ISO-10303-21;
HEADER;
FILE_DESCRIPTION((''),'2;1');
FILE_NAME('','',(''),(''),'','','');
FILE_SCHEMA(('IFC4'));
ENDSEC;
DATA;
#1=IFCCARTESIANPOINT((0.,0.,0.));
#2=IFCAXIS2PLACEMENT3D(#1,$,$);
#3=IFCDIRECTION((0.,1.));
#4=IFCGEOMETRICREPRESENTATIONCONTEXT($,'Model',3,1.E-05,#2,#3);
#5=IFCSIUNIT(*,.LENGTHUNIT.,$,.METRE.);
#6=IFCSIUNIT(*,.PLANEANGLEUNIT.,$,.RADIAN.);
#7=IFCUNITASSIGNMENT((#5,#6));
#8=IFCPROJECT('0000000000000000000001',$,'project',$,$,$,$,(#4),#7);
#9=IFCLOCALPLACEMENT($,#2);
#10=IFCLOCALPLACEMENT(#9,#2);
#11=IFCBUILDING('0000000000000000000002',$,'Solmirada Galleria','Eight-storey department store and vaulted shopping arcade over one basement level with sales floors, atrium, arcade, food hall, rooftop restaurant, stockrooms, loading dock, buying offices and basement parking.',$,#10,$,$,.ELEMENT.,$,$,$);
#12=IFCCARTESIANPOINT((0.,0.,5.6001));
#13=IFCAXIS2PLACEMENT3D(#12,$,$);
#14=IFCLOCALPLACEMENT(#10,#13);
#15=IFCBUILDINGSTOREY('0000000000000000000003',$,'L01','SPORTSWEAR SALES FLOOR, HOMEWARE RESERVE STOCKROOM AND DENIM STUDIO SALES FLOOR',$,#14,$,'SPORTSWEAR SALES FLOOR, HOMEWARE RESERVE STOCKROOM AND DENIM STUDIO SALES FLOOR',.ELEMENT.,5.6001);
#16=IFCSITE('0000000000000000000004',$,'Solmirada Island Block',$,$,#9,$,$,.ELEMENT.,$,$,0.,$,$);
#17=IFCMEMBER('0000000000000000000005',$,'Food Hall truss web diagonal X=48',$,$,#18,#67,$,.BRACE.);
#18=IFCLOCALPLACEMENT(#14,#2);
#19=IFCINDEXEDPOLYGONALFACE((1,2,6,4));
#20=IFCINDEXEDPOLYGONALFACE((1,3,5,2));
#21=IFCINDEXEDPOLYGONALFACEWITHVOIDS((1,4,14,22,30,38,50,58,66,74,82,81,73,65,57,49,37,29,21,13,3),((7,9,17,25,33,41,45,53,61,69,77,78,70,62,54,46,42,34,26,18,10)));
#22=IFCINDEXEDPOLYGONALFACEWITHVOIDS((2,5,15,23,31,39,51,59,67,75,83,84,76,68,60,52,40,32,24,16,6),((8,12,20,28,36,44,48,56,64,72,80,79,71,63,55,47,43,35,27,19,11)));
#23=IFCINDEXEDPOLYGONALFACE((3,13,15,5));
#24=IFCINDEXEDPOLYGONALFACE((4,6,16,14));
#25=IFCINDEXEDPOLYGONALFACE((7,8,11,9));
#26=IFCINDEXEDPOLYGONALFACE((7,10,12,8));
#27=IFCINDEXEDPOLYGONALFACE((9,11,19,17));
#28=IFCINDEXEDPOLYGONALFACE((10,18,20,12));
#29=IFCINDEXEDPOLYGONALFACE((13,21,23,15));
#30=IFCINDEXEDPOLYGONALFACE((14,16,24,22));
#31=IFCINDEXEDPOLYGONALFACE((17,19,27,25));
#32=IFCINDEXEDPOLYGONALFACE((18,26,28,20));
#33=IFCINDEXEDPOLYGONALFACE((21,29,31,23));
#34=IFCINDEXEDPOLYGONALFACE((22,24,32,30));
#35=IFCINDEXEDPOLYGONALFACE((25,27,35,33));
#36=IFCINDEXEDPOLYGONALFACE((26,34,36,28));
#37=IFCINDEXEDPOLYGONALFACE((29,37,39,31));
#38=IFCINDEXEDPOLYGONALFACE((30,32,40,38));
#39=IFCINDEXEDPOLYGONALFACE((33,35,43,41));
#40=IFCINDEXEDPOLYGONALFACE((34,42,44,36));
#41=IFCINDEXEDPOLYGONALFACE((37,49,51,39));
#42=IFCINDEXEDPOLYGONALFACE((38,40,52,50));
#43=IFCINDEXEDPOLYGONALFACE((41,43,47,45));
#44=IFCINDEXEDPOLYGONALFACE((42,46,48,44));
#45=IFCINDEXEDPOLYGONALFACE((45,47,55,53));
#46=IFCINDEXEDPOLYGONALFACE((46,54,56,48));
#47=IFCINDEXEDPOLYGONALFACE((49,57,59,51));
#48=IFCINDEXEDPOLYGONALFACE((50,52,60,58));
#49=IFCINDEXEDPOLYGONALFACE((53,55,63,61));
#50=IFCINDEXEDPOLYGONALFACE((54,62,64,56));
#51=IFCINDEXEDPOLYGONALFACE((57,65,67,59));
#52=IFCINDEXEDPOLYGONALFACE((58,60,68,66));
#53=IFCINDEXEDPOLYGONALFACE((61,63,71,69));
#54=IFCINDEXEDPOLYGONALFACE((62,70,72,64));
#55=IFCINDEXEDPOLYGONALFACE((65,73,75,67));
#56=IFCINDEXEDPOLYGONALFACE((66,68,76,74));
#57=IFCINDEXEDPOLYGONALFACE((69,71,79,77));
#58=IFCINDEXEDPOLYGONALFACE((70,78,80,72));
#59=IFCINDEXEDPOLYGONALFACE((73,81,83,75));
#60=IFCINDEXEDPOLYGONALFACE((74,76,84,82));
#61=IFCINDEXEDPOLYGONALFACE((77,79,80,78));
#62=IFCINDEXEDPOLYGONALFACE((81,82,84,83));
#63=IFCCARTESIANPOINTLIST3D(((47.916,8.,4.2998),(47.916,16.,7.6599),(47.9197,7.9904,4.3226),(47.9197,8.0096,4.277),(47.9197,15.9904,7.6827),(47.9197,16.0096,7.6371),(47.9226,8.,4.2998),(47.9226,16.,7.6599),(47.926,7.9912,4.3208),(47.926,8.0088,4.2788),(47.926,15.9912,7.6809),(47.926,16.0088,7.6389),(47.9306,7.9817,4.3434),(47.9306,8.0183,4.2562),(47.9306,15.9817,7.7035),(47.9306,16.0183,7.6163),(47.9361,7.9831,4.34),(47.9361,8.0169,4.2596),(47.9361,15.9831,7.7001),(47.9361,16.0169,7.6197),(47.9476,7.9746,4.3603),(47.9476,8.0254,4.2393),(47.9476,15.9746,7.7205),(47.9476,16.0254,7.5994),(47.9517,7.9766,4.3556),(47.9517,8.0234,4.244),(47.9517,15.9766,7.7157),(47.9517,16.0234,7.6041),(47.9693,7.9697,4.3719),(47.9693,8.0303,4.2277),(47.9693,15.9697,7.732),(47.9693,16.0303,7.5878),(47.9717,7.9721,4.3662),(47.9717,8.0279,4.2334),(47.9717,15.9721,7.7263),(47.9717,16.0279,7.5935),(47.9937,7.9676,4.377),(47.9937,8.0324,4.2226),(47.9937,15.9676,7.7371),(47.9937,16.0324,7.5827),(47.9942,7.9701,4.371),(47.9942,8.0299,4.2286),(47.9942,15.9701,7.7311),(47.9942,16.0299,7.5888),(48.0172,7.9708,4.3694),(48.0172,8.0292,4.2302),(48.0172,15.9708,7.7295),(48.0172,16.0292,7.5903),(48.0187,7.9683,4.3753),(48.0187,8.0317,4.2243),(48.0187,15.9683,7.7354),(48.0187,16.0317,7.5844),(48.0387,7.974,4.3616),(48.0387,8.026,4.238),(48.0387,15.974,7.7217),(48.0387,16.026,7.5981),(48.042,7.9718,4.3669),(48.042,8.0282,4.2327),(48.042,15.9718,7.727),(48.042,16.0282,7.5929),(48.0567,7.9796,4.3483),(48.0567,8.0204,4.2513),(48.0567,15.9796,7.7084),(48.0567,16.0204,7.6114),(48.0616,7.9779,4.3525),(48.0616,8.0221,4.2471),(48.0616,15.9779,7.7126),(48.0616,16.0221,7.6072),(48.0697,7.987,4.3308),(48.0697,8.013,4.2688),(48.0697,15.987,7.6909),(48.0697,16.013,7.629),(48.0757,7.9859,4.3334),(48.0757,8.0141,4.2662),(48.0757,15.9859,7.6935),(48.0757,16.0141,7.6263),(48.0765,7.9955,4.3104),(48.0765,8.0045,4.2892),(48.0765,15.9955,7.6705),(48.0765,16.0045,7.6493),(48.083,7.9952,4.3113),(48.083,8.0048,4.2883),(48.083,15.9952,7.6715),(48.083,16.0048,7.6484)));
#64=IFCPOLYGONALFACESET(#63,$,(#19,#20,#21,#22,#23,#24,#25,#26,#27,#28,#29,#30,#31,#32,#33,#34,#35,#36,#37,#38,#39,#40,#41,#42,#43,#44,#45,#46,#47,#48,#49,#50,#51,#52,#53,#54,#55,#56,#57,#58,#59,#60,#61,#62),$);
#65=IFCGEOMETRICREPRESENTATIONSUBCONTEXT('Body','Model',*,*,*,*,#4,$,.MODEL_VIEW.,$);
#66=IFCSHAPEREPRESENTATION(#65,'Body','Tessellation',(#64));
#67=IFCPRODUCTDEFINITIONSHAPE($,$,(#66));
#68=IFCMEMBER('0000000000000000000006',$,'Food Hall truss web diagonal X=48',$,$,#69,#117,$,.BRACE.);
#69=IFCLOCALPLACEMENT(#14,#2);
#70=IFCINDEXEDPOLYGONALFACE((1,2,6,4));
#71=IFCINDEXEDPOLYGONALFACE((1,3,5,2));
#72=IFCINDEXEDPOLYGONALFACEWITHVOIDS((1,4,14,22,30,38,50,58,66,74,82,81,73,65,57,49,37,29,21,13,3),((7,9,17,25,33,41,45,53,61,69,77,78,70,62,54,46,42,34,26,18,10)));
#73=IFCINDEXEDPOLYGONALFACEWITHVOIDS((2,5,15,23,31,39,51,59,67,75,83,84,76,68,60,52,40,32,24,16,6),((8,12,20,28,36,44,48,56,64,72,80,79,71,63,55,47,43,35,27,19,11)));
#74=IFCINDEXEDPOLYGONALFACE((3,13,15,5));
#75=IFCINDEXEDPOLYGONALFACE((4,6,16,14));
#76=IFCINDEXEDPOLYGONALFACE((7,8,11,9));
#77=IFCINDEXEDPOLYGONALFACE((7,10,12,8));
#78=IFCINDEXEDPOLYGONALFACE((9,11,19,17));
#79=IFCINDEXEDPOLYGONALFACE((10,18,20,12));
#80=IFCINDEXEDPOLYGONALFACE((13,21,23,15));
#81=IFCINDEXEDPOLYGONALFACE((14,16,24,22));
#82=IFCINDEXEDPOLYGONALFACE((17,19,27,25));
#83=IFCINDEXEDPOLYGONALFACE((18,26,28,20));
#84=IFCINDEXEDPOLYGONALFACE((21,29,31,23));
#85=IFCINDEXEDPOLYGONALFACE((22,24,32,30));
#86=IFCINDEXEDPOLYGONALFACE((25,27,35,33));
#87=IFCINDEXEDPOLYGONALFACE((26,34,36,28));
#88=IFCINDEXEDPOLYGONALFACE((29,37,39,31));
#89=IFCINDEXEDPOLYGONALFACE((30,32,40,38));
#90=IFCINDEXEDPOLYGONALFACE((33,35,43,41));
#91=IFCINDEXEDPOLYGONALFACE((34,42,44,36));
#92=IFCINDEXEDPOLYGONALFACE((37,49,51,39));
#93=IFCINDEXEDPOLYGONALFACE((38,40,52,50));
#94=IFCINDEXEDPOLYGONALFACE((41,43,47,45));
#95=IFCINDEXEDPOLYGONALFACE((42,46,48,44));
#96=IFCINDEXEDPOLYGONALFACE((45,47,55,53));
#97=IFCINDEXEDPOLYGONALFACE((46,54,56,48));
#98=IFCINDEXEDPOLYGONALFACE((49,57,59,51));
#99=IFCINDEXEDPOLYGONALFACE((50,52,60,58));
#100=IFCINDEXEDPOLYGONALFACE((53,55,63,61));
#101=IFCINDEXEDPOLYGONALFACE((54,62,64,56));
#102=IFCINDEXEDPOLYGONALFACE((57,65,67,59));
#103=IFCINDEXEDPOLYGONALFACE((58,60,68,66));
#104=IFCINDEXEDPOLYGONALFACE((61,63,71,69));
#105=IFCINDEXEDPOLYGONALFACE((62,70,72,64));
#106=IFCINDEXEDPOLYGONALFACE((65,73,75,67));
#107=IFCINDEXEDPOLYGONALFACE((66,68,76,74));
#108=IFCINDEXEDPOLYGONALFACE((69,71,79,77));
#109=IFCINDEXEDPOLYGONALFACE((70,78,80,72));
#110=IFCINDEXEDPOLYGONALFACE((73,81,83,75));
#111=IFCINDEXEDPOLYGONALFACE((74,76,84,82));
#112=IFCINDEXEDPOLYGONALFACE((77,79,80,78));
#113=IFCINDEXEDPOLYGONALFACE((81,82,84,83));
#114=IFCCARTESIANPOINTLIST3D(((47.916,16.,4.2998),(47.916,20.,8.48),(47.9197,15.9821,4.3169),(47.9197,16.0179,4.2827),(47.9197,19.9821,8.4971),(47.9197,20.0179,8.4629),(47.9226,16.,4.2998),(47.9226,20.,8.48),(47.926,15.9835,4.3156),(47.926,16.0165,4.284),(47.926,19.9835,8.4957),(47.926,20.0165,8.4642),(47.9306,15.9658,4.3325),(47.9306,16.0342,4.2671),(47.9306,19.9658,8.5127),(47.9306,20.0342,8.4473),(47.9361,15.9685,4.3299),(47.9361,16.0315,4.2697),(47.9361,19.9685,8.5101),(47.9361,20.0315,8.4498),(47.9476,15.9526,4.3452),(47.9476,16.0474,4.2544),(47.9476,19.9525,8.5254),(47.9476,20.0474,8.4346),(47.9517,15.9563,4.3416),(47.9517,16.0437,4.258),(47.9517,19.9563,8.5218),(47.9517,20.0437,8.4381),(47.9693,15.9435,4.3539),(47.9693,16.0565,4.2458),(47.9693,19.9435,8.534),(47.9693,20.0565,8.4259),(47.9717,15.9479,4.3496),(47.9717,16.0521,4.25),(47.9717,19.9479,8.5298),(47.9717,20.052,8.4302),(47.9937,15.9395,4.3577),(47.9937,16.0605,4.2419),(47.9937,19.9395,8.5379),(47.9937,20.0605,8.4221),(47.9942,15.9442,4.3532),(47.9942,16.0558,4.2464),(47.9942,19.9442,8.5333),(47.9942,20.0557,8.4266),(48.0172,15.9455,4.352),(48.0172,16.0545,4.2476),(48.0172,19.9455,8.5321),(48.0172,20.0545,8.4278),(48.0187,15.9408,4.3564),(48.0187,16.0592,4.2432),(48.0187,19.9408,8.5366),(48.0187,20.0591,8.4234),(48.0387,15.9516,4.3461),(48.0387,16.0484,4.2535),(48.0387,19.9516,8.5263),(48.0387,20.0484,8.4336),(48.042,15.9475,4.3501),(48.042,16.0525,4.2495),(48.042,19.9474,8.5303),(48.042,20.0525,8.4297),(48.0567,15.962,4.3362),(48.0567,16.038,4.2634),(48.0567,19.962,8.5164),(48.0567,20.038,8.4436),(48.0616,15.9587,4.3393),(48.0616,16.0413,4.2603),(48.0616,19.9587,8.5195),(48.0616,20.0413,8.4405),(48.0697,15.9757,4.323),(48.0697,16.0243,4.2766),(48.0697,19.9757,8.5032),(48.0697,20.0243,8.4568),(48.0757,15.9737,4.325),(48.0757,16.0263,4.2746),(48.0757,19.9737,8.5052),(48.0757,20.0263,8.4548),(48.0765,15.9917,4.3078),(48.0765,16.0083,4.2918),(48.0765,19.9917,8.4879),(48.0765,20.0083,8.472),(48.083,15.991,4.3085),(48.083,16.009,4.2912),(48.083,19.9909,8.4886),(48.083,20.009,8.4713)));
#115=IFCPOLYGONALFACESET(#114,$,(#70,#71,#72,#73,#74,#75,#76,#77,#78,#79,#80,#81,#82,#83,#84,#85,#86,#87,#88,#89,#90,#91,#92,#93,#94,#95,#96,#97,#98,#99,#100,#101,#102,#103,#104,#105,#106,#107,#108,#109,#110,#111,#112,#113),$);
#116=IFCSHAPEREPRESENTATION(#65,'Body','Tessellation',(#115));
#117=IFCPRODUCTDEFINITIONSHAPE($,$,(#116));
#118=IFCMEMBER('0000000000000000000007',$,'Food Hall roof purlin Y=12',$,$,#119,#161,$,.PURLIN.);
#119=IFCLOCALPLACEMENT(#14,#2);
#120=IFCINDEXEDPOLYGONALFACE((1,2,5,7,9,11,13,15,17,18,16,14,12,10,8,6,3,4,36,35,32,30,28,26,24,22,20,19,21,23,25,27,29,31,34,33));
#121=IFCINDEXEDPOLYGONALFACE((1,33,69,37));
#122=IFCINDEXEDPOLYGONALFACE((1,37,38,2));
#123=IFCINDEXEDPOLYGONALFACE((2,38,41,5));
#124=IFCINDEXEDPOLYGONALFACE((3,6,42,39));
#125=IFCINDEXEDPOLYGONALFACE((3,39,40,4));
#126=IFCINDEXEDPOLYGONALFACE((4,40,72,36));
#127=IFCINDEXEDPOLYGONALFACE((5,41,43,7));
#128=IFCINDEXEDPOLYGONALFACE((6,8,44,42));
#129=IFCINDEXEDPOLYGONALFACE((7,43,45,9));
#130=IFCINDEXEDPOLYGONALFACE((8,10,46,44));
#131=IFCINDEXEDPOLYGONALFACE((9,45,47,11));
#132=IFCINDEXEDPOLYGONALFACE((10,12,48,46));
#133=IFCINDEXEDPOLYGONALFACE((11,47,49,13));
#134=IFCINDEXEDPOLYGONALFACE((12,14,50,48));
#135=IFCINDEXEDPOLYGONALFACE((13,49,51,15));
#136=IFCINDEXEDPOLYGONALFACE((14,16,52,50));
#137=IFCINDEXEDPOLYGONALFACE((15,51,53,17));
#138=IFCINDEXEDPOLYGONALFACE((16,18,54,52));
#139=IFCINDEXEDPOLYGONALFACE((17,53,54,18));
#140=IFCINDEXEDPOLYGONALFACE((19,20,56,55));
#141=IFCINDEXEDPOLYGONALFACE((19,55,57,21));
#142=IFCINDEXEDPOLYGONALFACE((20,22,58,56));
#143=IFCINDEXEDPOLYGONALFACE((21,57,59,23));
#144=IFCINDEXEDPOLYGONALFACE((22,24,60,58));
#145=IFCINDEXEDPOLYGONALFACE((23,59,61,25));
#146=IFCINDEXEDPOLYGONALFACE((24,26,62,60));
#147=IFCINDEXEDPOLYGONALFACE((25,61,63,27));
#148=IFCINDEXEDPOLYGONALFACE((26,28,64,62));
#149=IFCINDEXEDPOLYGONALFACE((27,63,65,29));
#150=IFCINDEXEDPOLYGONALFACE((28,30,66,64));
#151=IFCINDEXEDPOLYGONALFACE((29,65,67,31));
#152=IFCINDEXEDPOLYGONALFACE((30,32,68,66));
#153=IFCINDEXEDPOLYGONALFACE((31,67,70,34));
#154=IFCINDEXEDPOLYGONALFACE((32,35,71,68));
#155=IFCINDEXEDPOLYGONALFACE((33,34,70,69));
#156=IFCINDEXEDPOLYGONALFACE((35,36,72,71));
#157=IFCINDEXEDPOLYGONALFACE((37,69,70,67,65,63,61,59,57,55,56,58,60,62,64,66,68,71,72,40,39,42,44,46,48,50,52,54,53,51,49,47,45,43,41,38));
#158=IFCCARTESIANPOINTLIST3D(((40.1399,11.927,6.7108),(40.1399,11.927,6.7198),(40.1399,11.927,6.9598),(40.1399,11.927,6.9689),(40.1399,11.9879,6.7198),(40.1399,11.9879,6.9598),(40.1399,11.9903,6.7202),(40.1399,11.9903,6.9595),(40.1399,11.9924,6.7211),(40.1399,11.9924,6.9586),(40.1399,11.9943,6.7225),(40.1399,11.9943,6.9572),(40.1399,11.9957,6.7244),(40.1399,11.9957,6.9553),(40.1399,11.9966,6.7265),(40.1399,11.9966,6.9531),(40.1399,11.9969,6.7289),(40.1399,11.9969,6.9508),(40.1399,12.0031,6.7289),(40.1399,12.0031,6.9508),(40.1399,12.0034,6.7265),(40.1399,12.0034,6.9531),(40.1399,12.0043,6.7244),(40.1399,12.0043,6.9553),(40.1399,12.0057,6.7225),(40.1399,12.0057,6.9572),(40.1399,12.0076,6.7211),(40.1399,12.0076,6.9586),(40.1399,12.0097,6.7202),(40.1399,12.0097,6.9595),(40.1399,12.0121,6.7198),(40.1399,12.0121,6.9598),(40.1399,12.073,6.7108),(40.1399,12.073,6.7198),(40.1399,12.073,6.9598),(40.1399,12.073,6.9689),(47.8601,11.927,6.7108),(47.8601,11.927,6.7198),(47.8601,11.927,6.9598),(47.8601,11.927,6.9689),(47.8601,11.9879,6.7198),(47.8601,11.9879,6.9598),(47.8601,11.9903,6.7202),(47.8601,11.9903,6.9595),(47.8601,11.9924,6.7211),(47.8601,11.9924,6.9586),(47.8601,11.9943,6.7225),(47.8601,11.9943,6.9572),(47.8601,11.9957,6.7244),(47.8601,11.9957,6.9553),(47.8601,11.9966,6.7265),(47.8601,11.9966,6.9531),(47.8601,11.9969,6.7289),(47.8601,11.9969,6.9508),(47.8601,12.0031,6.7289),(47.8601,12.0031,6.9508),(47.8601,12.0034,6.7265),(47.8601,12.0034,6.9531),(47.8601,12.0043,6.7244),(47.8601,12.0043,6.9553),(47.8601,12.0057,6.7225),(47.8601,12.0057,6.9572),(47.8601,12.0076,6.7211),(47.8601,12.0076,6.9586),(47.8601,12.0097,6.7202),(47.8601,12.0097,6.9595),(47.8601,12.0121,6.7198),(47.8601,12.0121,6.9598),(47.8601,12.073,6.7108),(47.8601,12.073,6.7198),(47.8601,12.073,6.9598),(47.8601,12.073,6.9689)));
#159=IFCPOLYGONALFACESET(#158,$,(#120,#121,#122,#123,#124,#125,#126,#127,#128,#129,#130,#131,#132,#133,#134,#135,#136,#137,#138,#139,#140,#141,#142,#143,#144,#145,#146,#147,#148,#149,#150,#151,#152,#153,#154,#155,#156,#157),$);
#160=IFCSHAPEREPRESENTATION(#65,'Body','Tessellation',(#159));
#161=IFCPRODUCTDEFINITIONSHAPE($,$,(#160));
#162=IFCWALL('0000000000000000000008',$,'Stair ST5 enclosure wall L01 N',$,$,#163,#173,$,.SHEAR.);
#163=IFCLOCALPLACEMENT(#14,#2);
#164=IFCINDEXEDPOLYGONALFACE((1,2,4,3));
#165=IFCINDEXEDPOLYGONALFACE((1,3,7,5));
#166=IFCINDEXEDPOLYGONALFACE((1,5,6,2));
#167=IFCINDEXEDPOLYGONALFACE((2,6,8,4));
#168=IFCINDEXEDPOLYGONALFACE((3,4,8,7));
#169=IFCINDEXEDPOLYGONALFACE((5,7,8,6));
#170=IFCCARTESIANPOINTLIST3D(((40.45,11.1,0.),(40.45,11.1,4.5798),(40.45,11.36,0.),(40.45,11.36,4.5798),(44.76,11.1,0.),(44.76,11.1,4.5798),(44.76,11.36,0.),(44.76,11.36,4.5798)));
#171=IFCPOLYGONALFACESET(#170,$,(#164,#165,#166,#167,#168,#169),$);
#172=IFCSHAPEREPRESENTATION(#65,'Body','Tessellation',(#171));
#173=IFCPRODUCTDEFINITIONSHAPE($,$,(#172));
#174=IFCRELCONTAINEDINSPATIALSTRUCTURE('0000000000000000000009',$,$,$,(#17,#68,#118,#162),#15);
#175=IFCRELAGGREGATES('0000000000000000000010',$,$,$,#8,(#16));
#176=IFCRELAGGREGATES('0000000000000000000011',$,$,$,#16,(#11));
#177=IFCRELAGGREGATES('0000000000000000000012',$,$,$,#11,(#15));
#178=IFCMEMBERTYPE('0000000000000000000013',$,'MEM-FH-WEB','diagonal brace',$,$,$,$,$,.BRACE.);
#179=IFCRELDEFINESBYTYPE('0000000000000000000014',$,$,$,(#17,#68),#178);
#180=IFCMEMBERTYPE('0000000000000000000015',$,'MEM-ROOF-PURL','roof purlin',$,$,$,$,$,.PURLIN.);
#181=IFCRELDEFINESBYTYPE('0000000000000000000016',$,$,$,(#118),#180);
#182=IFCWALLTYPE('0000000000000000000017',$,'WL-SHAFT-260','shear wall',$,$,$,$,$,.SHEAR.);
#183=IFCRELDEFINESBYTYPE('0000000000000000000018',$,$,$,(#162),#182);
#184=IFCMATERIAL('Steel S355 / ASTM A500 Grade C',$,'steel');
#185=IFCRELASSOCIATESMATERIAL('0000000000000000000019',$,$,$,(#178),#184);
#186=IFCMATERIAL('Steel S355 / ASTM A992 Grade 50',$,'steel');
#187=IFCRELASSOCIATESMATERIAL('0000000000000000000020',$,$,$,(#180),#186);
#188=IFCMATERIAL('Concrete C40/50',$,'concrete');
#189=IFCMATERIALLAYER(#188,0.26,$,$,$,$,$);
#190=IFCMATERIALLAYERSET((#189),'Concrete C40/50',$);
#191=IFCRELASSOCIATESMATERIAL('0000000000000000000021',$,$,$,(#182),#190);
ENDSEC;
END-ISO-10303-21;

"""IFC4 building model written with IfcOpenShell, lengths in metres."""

from ifc_helpers import new_model, si_unit, direction, frame, frame_2d, origin, origin_2d, place, context, subcontext, project, spatial, rectangle, hollow_circle, i_section, extrude, material, layer, layer_set, material_profile, profile_set, type_object, element, save


model = new_model("IFC4")

# Units and contexts
model_context = context("Model", 3, precision=1e-05, world=origin(), true_north=direction((0.0, 1.0)))
body_context = subcontext(model_context, "Body", "Model", "MODEL_VIEW")
ifc_project = project(units=[si_unit("LENGTHUNIT", "METRE"), si_unit("PLANEANGLEUNIT", "RADIAN")], contexts=[model_context])

# Site, building, storey
site_placement = place(None, origin())
site = spatial("IfcSite", under=ifc_project, at=site_placement, Name="Solmirada Island Block", CompositionType="ELEMENT", RefElevation=0.0)
building_placement = place(site_placement, origin())
building = spatial("IfcBuilding", under=site, at=building_placement, Name="Solmirada Galleria", Description="Eight-storey department store and vaulted shopping arcade over one basement level with sales floors, atrium, arcade, food hall, rooftop restaurant, stockrooms, loading dock, buying offices and basement parking.", CompositionType="ELEMENT")
storey_placement = place(building_placement, frame((0.0, 0.0, 5.6001)))
storey = spatial("IfcBuildingStorey", under=building, at=storey_placement, Name="L01", Description="SPORTSWEAR SALES FLOOR, HOMEWARE RESERVE STOCKROOM AND DENIM STUDIO SALES FLOOR", LongName="SPORTSWEAR SALES FLOOR, HOMEWARE RESERVE STOCKROOM AND DENIM STUDIO SALES FLOOR", CompositionType="ELEMENT", Elevation=5.6001)

# Shared definitions
ifc_material_1 = material(Name="Steel S355 / ASTM A500 Grade C", Category="steel")

# Members
ifc_material_profile_1 = material_profile(ifc_material_1, hollow_circle(Radius=0.084, WallThickness=0.0066, at=origin_2d()), Name="HSS6.625X0.280")
ifc_profile_set_1 = profile_set([ifc_material_profile_1], Name="Steel S355 / ASTM A500 Grade C")
member_type_1 = type_object("IfcMemberType", Name="MEM-FH-WEB", Description="diagonal brace", PredefinedType="BRACE", material=ifc_profile_set_1)
member_1_placement = place(storey_placement, frame((48.0, 8.0, 4.2998), z_axis=(0.0, 0.921978, 0.387243), x_axis=(-1.0, 0.0, 0.0)))
element("IfcMember", 1, at=member_1_placement, inside=storey, type_object=member_type_1, Name="Food Hall truss web diagonal X=48", PredefinedType="BRACE", context=body_context, shape_type="SweptSolid", body=[
    extrude(hollow_circle(Radius=0.084, WallThickness=0.0066, at=origin_2d()), origin(), (0.0, 0.0, 1.0), 8.677),
])
member_2_placement = place(storey_placement, frame((48.0, 16.0, 4.2998), z_axis=(0.0, 0.691364, 0.722506), x_axis=(-1.0, 0.0, 0.0)))
element("IfcMember", 2, at=member_2_placement, inside=storey, type_object=member_type_1, Name="Food Hall truss web diagonal X=48", PredefinedType="BRACE", context=body_context, shape_type="SweptSolid", body=[
    extrude(hollow_circle(Radius=0.084, WallThickness=0.0066, at=origin_2d()), origin(), (0.0, 0.0, 1.0), 5.7856),
])
ifc_material_2 = material(Name="Steel S355 / ASTM A992 Grade 50", Category="steel")
ifc_material_profile_2 = material_profile(ifc_material_2, i_section(OverallWidth=0.146, OverallDepth=0.2581, WebThickness=0.0061, FlangeThickness=0.009, FilletRadius=0.009, at=origin_2d()), Name="W10X22")
ifc_profile_set_2 = profile_set([ifc_material_profile_2], Name="Steel S355 / ASTM A992 Grade 50")
member_type_2 = type_object("IfcMemberType", Name="MEM-ROOF-PURL", Description="roof purlin", PredefinedType="PURLIN", material=ifc_profile_set_2)
member_3_placement = place(storey_placement, frame((40.1399, 12.0, 6.8398), z_axis=(1.0, 0.0, 0.0), x_axis=(0.0, 1.0, 0.0)))
element("IfcMember", 3, at=member_3_placement, inside=storey, type_object=member_type_2, Name="Food Hall roof purlin Y=12", PredefinedType="PURLIN", context=body_context, shape_type="SweptSolid", body=[
    extrude(i_section(OverallWidth=0.146, OverallDepth=0.2581, WebThickness=0.0061, FlangeThickness=0.009, FilletRadius=0.009, at=origin_2d()), origin(), (0.0, 0.0, 1.0), 7.7202),
])

# Shared definitions
ifc_material_3 = material(Name="Concrete C40/50", Category="concrete")

# Wall
ifc_layer_1 = layer(ifc_material_3, 0.26)
ifc_layer_set_1 = layer_set([ifc_layer_1], Name="Concrete C40/50")
wall_type_1 = type_object("IfcWallType", Name="WL-SHAFT-260", Description="shear wall", PredefinedType="SHEAR", material=ifc_layer_set_1)
wall_1_placement = place(storey_placement, frame((40.45, 11.23, 0.0), z_axis=(0.0, 0.0, 1.0), x_axis=(1.0, 0.0, 0.0)))
element("IfcWall", 4, at=wall_1_placement, inside=storey, type_object=wall_type_1, Name="Stair ST5 enclosure wall L01 N", PredefinedType="SHEAR", context=body_context, shape_type="SweptSolid", body=[
    extrude(rectangle(XDim=4.3101, YDim=0.26, at=frame_2d((2.155, 0.0))), origin(), (0.0, 0.0, 1.0), 4.5798),
])

save(model, "model.ifc")
